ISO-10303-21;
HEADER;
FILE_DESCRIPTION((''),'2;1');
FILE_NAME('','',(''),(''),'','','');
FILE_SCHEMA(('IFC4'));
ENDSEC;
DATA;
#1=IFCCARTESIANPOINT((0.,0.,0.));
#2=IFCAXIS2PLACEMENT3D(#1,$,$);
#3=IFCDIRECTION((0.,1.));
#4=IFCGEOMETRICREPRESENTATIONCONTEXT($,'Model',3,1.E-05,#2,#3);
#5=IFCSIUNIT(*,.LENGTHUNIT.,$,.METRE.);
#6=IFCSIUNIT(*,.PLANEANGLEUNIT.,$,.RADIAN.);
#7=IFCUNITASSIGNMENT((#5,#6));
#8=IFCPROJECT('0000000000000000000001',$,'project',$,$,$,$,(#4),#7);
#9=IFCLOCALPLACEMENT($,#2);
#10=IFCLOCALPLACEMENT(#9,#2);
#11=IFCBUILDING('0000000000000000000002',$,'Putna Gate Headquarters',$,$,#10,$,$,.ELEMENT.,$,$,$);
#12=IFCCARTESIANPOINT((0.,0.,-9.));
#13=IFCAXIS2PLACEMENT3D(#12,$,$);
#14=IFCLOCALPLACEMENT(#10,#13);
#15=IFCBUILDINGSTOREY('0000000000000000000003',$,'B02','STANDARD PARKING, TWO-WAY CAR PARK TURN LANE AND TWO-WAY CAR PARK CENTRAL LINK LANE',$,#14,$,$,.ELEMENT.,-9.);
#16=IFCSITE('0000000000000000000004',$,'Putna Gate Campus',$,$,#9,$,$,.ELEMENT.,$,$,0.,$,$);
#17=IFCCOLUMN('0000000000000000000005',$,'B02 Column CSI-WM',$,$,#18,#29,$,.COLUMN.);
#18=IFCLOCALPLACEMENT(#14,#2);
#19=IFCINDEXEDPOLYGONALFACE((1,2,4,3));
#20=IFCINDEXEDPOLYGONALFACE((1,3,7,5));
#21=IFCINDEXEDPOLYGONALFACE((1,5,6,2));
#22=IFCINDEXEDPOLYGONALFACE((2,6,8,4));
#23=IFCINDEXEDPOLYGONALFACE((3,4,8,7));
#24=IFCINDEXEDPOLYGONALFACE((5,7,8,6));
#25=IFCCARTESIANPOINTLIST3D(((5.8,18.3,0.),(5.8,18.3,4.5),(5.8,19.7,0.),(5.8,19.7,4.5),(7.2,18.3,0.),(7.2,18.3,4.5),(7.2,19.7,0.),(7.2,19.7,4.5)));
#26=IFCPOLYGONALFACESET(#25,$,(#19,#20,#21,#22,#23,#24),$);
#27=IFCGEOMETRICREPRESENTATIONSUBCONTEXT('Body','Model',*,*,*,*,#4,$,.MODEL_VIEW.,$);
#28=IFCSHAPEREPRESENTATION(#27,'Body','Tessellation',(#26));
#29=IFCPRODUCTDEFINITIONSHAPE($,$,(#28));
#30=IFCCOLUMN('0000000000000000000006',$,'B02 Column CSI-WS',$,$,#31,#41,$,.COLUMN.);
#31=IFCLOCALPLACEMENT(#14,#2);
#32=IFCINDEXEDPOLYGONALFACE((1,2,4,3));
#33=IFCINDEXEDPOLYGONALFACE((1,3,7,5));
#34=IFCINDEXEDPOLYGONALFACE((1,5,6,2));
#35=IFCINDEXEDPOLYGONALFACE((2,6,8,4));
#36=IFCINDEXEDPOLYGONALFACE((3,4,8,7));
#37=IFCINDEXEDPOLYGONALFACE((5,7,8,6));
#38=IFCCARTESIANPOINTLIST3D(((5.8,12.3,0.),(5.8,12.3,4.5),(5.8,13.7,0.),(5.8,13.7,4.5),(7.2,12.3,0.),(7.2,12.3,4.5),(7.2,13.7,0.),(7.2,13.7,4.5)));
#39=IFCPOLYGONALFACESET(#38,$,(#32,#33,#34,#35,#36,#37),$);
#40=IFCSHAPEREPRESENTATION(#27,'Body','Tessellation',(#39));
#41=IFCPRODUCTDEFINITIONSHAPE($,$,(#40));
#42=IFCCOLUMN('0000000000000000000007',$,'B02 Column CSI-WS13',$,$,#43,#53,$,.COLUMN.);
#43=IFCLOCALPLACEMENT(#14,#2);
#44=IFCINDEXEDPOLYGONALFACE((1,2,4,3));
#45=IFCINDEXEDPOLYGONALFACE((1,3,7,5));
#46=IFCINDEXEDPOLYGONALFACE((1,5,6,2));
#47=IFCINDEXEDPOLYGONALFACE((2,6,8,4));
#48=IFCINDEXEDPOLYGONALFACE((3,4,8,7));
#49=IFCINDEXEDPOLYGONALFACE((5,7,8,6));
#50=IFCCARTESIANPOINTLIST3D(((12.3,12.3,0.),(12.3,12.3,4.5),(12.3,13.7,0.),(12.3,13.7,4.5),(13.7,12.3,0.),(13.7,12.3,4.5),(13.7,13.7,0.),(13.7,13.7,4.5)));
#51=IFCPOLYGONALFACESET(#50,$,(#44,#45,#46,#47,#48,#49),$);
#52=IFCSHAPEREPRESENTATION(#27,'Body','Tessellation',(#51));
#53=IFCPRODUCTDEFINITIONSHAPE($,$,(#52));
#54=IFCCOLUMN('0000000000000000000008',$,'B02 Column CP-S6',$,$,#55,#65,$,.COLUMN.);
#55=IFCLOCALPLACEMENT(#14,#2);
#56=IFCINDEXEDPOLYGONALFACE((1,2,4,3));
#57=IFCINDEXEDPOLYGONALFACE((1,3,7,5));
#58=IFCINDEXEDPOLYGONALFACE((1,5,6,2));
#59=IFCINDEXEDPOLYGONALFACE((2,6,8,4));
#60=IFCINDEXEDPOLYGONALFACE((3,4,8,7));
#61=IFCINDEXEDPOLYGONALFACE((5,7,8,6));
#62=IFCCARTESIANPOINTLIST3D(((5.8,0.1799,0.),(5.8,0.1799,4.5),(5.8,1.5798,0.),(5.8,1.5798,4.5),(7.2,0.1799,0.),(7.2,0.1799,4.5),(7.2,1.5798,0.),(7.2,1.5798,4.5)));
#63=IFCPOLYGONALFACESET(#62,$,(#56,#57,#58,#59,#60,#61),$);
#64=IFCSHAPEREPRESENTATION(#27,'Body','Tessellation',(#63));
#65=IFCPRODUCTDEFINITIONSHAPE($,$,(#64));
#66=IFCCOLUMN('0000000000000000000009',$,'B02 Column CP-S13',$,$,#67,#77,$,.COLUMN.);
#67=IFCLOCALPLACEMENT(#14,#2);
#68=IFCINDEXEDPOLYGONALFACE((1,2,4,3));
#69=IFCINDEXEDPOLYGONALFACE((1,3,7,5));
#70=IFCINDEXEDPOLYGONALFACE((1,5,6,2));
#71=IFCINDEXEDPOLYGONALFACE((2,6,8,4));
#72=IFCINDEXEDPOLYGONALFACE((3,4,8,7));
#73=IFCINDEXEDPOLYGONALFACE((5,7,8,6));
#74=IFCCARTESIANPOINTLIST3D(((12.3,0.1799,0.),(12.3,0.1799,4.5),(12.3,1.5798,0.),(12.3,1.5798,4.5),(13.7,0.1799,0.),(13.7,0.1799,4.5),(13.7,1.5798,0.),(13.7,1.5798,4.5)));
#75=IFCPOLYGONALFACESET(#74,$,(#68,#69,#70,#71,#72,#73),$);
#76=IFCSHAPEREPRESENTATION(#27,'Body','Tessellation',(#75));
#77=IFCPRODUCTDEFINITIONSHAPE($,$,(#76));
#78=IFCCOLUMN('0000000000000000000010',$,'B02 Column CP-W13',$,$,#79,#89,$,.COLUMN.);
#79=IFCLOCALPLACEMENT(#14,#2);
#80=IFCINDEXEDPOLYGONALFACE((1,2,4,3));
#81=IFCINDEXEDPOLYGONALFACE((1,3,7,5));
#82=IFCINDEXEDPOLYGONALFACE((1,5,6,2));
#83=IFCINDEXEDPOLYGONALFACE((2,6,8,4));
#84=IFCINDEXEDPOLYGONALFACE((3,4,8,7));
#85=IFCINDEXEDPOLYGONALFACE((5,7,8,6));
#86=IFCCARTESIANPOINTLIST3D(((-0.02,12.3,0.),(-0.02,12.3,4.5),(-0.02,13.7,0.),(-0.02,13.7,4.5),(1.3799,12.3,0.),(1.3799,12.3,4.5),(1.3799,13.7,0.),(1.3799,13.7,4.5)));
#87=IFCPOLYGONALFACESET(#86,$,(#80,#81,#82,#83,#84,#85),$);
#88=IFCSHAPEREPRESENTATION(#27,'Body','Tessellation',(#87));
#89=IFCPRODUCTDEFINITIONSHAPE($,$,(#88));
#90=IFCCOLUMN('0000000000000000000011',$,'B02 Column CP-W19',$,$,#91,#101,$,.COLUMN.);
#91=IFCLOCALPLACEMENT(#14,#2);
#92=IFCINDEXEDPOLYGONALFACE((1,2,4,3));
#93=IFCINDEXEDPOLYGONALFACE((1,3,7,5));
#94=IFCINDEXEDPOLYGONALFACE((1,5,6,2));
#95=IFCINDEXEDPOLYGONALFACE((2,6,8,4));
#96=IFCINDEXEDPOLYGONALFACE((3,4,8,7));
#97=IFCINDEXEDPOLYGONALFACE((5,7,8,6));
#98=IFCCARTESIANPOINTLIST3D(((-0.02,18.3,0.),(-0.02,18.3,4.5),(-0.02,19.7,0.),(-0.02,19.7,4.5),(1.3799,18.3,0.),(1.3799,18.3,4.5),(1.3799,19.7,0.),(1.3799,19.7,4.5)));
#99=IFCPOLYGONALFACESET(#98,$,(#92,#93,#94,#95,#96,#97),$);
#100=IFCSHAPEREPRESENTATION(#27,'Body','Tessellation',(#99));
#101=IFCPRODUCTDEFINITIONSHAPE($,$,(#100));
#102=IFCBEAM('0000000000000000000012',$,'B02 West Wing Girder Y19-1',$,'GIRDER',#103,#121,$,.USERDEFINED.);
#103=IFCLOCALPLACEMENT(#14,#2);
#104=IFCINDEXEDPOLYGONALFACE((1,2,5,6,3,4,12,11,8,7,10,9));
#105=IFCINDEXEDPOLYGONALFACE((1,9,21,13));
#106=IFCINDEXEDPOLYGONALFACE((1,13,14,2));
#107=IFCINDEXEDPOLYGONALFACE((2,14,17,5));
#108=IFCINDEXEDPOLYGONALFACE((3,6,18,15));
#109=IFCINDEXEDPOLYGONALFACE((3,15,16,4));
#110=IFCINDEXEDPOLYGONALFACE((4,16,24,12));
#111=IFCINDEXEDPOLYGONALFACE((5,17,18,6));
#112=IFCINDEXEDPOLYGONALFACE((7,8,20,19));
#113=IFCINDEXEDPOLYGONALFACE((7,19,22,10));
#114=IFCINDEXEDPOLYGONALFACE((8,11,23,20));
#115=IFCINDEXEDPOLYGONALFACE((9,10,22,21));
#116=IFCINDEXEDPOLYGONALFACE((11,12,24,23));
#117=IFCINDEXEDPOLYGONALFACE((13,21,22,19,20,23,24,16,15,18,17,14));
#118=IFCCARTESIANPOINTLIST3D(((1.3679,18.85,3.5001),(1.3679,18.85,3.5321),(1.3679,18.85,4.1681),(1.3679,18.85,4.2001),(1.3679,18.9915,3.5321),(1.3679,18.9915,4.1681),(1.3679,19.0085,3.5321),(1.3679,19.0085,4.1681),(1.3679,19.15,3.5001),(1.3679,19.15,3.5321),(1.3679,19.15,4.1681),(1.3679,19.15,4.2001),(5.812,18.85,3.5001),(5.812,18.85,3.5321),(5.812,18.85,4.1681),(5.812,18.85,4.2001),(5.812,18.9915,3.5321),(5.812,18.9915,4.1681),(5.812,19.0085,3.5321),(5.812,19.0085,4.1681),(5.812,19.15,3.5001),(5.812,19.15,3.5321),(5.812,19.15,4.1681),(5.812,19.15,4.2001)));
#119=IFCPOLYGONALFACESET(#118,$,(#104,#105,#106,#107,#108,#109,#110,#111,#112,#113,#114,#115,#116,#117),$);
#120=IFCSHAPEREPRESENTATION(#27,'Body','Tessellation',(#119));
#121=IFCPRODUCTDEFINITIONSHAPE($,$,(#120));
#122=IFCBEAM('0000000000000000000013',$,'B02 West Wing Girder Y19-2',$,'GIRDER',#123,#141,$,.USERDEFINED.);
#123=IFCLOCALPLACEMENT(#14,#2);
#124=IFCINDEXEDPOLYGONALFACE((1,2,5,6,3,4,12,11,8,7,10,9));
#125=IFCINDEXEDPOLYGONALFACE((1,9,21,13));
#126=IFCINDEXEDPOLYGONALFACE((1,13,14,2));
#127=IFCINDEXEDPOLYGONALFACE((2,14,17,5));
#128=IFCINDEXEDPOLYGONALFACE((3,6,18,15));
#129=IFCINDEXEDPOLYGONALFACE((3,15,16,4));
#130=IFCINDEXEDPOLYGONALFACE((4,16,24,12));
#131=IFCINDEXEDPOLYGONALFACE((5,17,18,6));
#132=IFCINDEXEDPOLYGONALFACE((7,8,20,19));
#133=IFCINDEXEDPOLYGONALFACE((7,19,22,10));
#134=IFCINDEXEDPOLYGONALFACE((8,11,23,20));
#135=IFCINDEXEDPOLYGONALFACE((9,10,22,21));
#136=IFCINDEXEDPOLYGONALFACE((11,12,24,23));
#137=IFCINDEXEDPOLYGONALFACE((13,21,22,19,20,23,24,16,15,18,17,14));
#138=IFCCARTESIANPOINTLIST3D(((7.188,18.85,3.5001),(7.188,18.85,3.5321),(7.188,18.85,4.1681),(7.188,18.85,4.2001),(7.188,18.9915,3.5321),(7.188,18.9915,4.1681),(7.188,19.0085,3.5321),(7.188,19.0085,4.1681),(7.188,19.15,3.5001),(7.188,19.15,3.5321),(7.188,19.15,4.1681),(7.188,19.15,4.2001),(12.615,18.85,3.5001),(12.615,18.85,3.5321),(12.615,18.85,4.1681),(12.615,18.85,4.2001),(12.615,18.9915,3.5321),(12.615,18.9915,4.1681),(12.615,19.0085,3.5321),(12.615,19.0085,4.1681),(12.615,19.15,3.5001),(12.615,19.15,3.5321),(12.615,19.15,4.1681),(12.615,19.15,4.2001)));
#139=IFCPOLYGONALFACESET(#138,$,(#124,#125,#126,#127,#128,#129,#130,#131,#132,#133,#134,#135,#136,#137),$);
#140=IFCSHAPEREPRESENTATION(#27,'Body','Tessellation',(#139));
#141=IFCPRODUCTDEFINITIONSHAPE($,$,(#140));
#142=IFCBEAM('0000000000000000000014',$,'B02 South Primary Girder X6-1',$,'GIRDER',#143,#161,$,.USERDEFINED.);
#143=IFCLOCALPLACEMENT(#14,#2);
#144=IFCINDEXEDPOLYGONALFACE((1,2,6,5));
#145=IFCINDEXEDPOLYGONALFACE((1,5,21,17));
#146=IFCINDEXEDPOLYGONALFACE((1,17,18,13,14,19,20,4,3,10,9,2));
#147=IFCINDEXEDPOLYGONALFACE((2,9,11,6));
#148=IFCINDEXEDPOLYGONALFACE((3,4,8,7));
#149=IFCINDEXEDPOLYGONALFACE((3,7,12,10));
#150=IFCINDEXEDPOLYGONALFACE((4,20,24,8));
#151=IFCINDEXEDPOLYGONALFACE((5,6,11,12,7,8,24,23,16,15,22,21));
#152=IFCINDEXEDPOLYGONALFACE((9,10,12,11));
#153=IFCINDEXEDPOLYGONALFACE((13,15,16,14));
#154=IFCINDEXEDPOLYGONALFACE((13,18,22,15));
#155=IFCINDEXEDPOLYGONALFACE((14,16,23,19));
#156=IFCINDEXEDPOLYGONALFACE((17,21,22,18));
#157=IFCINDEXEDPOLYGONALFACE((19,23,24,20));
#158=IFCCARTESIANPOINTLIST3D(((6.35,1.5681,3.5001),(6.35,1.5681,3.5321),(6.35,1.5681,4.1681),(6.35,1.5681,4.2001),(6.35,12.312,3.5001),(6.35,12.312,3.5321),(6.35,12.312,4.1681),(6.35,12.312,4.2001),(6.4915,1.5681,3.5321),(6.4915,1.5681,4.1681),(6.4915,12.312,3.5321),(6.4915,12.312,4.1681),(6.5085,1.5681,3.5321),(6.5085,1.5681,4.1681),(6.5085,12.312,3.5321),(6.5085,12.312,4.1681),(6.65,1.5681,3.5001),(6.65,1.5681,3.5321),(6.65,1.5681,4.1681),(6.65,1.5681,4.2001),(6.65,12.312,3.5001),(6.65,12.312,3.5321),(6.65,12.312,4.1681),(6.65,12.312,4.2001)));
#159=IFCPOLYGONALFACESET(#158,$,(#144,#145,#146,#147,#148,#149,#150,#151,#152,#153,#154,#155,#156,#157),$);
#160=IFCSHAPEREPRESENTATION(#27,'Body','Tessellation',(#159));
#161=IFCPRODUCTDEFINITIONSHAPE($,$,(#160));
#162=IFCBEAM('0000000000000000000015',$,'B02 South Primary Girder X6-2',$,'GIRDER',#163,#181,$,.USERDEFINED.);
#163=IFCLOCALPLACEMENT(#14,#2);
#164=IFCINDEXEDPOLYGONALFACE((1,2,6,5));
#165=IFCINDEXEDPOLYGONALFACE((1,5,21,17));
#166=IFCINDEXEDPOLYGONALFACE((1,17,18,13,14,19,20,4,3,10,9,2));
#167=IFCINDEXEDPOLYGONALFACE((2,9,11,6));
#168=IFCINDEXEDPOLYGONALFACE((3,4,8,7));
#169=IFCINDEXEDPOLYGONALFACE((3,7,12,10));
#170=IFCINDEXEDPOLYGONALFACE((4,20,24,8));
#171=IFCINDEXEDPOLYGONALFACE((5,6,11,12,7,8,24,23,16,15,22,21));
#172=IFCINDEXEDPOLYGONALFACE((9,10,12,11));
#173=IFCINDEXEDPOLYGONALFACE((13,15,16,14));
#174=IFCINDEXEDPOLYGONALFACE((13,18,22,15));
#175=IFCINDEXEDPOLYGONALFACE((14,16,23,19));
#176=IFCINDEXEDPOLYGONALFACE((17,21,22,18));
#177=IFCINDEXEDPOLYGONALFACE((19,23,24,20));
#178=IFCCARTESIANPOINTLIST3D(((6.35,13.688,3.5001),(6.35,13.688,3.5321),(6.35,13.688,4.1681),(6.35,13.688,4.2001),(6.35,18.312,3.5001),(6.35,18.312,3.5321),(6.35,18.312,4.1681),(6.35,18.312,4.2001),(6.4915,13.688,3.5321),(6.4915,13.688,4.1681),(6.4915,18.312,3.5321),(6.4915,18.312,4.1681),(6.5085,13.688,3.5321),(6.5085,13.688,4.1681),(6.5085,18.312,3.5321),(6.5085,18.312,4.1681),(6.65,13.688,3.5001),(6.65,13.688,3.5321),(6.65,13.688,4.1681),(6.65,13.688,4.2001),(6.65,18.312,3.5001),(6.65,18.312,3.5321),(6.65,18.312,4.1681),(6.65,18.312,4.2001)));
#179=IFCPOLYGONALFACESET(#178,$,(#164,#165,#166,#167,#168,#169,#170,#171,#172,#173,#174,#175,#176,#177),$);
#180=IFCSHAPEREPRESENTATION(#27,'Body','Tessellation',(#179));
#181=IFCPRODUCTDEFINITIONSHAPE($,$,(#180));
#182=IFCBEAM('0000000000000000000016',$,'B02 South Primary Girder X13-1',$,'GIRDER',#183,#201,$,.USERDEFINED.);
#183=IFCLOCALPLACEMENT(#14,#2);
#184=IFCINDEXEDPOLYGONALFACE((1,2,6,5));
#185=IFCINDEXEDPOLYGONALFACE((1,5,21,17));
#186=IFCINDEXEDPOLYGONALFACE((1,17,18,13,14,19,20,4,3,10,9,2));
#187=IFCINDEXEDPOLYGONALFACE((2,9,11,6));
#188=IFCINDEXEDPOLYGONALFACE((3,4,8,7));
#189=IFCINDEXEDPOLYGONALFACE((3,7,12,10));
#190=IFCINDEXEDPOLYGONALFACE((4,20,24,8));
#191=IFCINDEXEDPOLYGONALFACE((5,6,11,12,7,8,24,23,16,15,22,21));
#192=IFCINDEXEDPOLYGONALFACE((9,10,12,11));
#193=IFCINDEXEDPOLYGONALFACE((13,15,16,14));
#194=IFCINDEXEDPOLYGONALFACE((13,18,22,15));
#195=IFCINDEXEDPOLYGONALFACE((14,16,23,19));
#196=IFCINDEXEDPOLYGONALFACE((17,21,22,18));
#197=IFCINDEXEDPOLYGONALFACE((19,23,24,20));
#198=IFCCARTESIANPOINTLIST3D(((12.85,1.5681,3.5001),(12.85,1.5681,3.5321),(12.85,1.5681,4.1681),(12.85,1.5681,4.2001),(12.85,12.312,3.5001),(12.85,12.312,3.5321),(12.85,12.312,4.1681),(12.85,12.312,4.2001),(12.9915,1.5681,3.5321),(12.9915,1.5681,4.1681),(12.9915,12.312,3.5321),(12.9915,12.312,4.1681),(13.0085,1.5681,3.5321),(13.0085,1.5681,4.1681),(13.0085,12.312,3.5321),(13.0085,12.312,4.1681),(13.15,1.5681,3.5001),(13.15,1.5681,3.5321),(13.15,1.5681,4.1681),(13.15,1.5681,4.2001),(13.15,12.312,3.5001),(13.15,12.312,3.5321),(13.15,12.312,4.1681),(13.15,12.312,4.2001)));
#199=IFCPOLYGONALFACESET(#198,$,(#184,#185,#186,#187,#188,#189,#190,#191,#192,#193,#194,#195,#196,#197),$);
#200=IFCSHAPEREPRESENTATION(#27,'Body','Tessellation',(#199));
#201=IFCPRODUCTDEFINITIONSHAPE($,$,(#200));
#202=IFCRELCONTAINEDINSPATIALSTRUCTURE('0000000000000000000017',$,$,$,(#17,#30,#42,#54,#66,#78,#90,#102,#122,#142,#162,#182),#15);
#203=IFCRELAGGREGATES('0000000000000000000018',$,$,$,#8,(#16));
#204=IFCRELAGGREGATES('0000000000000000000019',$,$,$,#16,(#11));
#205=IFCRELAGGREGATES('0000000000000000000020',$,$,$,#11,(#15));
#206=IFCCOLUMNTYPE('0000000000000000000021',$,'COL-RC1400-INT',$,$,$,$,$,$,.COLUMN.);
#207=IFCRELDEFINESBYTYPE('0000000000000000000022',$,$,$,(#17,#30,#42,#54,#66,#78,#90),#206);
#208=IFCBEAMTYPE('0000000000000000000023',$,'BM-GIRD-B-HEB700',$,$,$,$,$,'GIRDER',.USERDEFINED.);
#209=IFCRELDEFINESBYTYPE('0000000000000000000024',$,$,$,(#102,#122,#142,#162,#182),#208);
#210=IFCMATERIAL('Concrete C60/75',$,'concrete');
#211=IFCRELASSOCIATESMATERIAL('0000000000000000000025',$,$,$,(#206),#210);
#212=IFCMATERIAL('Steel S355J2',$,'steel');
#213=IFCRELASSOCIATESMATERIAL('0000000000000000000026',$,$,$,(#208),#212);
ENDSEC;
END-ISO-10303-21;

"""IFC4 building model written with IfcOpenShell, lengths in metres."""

from ifc_helpers import new_model, si_unit, direction, frame, origin, origin_2d, place, context, subcontext, project, spatial, rectangle, i_section, extrude, material, material_profile, profile_set, type_object, element, save


model = new_model("IFC4")

# Units and contexts
model_context = context("Model", 3, precision=1e-05, world=origin(), true_north=direction((0.0, 1.0)))
body_context = subcontext(model_context, "Body", "Model", "MODEL_VIEW")
ifc_project = project(units=[si_unit("LENGTHUNIT", "METRE"), si_unit("PLANEANGLEUNIT", "RADIAN")], contexts=[model_context])

# Site, building, storey
site_placement = place(None, origin())
site = spatial("IfcSite", under=ifc_project, at=site_placement, Name="Putna Gate Campus", CompositionType="ELEMENT", RefElevation=0.0)
building_placement = place(site_placement, origin())
building = spatial("IfcBuilding", under=site, at=building_placement, Name="Putna Gate Headquarters", CompositionType="ELEMENT")
storey_placement = place(building_placement, frame((0.0, 0.0, -9.0)))
storey = spatial("IfcBuildingStorey", under=building, at=storey_placement, Name="B02", Description="STANDARD PARKING, TWO-WAY CAR PARK TURN LANE AND TWO-WAY CAR PARK CENTRAL LINK LANE", CompositionType="ELEMENT", Elevation=-9.0)

# Columns
ifc_material_1 = material(Name="Concrete C60/75", Category="concrete")
ifc_material_profile_1 = material_profile(ifc_material_1, rectangle(XDim=1.3999, YDim=1.3999, at=origin_2d()), Name="Concrete C60/75")
ifc_profile_set_1 = profile_set([ifc_material_profile_1], Name="Concrete C60/75")
column_type = type_object("IfcColumnType", Name="COL-RC1400-INT", PredefinedType="COLUMN", material=ifc_profile_set_1)
for number, where, z_axis, x_axis, name in (
    (1, (6.5, 19.0, 0.0), (0.0, 0.0, 1.0), (1.0, 0.0, 0.0), "B02 Column CSI-WM"),
    (2, (6.5, 13.0, 0.0), (0.0, 0.0, 1.0), (1.0, 0.0, 0.0), "B02 Column CSI-WS"),
    (3, (13.0, 13.0, 0.0), (0.0, 0.0, 1.0), (1.0, 0.0, 0.0), "B02 Column CSI-WS13"),
    (4, (6.5, 0.8799, 0.0), (0.0, 0.0, 1.0), (1.0, 0.0, 0.0), "B02 Column CP-S6"),
    (5, (13.0, 0.8799, 0.0), (0.0, 0.0, 1.0), (1.0, 0.0, 0.0), "B02 Column CP-S13"),
    (6, (0.6799, 13.0, 0.0), (0.0, 0.0, 1.0), (1.0, 0.0, 0.0), "B02 Column CP-W13"),
    (7, (0.6799, 19.0, 0.0), (0.0, 0.0, 1.0), (1.0, 0.0, 0.0), "B02 Column CP-W19"),
):
    element("IfcColumn", number, at=place(storey_placement, frame(where, z_axis=z_axis, x_axis=x_axis)), inside=storey, type_object=column_type, Name=name, PredefinedType="COLUMN", context=body_context, shape_type="SweptSolid", body=[
        extrude(rectangle(XDim=1.3999, YDim=1.3999, at=origin_2d()), origin(), (0.0, 0.0, 1.0), 4.5),
    ])

# Beams
ifc_material_2 = material(Name="Steel S355J2", Category="steel")
ifc_material_profile_2 = material_profile(ifc_material_2, i_section(OverallWidth=0.3, OverallDepth=0.7, WebThickness=0.0171, FlangeThickness=0.032, at=origin_2d()), Name="Steel S355J2")
ifc_profile_set_2 = profile_set([ifc_material_profile_2], Name="Steel S355J2")
beam_type_1 = type_object("IfcBeamType", Name="BM-GIRD-B-HEB700", ElementType="GIRDER", PredefinedType="USERDEFINED", material=ifc_profile_set_2)
beam_1_placement = place(storey_placement, frame((1.3679, 19.0, 3.8501), z_axis=(1.0, 0.0, 0.0), x_axis=(0.0, 1.0, 0.0)))
element("IfcBeam", 8, at=beam_1_placement, inside=storey, type_object=beam_type_1, Name="B02 West Wing Girder Y19-1", ObjectType="GIRDER", PredefinedType="USERDEFINED", context=body_context, shape_type="SweptSolid", body=[
    extrude(i_section(OverallWidth=0.3, OverallDepth=0.7, WebThickness=0.0171, FlangeThickness=0.032, at=origin_2d()), origin(), (0.0, 0.0, 1.0), 4.4441),
])
beam_2_placement = place(storey_placement, frame((7.188, 19.0, 3.8501), z_axis=(1.0, 0.0, 0.0), x_axis=(0.0, 1.0, 0.0)))
element("IfcBeam", 9, at=beam_2_placement, inside=storey, type_object=beam_type_1, Name="B02 West Wing Girder Y19-2", ObjectType="GIRDER", PredefinedType="USERDEFINED", context=body_context, shape_type="SweptSolid", body=[
    extrude(i_section(OverallWidth=0.3, OverallDepth=0.7, WebThickness=0.0171, FlangeThickness=0.032, at=origin_2d()), origin(), (0.0, 0.0, 1.0), 5.427),
])
beam_3_placement = place(storey_placement, frame((6.5, 1.5681, 3.8501), z_axis=(0.0, 1.0, 0.0), x_axis=(-1.0, 0.0, 0.0)))
element("IfcBeam", 10, at=beam_3_placement, inside=storey, type_object=beam_type_1, Name="B02 South Primary Girder X6-1", ObjectType="GIRDER", PredefinedType="USERDEFINED", context=body_context, shape_type="SweptSolid", body=[
    extrude(i_section(OverallWidth=0.3, OverallDepth=0.7, WebThickness=0.0171, FlangeThickness=0.032, at=origin_2d()), origin(), (0.0, 0.0, 1.0), 10.7439),
])
beam_4_placement = place(storey_placement, frame((6.5, 13.688, 3.8501), z_axis=(0.0, 1.0, 0.0), x_axis=(-1.0, 0.0, 0.0)))
element("IfcBeam", 11, at=beam_4_placement, inside=storey, type_object=beam_type_1, Name="B02 South Primary Girder X6-2", ObjectType="GIRDER", PredefinedType="USERDEFINED", context=body_context, shape_type="SweptSolid", body=[
    extrude(i_section(OverallWidth=0.3, OverallDepth=0.7, WebThickness=0.0171, FlangeThickness=0.032, at=origin_2d()), origin(), (0.0, 0.0, 1.0), 4.624),
])
beam_5_placement = place(storey_placement, frame((13.0, 1.5681, 3.8501), z_axis=(0.0, 1.0, 0.0), x_axis=(-1.0, 0.0, 0.0)))
element("IfcBeam", 12, at=beam_5_placement, inside=storey, type_object=beam_type_1, Name="B02 South Primary Girder X13-1", ObjectType="GIRDER", PredefinedType="USERDEFINED", context=body_context, shape_type="SweptSolid", body=[
    extrude(i_section(OverallWidth=0.3, OverallDepth=0.7, WebThickness=0.0171, FlangeThickness=0.032, at=origin_2d()), origin(), (0.0, 0.0, 1.0), 10.7439),
])

save(model, "model.ifc")
